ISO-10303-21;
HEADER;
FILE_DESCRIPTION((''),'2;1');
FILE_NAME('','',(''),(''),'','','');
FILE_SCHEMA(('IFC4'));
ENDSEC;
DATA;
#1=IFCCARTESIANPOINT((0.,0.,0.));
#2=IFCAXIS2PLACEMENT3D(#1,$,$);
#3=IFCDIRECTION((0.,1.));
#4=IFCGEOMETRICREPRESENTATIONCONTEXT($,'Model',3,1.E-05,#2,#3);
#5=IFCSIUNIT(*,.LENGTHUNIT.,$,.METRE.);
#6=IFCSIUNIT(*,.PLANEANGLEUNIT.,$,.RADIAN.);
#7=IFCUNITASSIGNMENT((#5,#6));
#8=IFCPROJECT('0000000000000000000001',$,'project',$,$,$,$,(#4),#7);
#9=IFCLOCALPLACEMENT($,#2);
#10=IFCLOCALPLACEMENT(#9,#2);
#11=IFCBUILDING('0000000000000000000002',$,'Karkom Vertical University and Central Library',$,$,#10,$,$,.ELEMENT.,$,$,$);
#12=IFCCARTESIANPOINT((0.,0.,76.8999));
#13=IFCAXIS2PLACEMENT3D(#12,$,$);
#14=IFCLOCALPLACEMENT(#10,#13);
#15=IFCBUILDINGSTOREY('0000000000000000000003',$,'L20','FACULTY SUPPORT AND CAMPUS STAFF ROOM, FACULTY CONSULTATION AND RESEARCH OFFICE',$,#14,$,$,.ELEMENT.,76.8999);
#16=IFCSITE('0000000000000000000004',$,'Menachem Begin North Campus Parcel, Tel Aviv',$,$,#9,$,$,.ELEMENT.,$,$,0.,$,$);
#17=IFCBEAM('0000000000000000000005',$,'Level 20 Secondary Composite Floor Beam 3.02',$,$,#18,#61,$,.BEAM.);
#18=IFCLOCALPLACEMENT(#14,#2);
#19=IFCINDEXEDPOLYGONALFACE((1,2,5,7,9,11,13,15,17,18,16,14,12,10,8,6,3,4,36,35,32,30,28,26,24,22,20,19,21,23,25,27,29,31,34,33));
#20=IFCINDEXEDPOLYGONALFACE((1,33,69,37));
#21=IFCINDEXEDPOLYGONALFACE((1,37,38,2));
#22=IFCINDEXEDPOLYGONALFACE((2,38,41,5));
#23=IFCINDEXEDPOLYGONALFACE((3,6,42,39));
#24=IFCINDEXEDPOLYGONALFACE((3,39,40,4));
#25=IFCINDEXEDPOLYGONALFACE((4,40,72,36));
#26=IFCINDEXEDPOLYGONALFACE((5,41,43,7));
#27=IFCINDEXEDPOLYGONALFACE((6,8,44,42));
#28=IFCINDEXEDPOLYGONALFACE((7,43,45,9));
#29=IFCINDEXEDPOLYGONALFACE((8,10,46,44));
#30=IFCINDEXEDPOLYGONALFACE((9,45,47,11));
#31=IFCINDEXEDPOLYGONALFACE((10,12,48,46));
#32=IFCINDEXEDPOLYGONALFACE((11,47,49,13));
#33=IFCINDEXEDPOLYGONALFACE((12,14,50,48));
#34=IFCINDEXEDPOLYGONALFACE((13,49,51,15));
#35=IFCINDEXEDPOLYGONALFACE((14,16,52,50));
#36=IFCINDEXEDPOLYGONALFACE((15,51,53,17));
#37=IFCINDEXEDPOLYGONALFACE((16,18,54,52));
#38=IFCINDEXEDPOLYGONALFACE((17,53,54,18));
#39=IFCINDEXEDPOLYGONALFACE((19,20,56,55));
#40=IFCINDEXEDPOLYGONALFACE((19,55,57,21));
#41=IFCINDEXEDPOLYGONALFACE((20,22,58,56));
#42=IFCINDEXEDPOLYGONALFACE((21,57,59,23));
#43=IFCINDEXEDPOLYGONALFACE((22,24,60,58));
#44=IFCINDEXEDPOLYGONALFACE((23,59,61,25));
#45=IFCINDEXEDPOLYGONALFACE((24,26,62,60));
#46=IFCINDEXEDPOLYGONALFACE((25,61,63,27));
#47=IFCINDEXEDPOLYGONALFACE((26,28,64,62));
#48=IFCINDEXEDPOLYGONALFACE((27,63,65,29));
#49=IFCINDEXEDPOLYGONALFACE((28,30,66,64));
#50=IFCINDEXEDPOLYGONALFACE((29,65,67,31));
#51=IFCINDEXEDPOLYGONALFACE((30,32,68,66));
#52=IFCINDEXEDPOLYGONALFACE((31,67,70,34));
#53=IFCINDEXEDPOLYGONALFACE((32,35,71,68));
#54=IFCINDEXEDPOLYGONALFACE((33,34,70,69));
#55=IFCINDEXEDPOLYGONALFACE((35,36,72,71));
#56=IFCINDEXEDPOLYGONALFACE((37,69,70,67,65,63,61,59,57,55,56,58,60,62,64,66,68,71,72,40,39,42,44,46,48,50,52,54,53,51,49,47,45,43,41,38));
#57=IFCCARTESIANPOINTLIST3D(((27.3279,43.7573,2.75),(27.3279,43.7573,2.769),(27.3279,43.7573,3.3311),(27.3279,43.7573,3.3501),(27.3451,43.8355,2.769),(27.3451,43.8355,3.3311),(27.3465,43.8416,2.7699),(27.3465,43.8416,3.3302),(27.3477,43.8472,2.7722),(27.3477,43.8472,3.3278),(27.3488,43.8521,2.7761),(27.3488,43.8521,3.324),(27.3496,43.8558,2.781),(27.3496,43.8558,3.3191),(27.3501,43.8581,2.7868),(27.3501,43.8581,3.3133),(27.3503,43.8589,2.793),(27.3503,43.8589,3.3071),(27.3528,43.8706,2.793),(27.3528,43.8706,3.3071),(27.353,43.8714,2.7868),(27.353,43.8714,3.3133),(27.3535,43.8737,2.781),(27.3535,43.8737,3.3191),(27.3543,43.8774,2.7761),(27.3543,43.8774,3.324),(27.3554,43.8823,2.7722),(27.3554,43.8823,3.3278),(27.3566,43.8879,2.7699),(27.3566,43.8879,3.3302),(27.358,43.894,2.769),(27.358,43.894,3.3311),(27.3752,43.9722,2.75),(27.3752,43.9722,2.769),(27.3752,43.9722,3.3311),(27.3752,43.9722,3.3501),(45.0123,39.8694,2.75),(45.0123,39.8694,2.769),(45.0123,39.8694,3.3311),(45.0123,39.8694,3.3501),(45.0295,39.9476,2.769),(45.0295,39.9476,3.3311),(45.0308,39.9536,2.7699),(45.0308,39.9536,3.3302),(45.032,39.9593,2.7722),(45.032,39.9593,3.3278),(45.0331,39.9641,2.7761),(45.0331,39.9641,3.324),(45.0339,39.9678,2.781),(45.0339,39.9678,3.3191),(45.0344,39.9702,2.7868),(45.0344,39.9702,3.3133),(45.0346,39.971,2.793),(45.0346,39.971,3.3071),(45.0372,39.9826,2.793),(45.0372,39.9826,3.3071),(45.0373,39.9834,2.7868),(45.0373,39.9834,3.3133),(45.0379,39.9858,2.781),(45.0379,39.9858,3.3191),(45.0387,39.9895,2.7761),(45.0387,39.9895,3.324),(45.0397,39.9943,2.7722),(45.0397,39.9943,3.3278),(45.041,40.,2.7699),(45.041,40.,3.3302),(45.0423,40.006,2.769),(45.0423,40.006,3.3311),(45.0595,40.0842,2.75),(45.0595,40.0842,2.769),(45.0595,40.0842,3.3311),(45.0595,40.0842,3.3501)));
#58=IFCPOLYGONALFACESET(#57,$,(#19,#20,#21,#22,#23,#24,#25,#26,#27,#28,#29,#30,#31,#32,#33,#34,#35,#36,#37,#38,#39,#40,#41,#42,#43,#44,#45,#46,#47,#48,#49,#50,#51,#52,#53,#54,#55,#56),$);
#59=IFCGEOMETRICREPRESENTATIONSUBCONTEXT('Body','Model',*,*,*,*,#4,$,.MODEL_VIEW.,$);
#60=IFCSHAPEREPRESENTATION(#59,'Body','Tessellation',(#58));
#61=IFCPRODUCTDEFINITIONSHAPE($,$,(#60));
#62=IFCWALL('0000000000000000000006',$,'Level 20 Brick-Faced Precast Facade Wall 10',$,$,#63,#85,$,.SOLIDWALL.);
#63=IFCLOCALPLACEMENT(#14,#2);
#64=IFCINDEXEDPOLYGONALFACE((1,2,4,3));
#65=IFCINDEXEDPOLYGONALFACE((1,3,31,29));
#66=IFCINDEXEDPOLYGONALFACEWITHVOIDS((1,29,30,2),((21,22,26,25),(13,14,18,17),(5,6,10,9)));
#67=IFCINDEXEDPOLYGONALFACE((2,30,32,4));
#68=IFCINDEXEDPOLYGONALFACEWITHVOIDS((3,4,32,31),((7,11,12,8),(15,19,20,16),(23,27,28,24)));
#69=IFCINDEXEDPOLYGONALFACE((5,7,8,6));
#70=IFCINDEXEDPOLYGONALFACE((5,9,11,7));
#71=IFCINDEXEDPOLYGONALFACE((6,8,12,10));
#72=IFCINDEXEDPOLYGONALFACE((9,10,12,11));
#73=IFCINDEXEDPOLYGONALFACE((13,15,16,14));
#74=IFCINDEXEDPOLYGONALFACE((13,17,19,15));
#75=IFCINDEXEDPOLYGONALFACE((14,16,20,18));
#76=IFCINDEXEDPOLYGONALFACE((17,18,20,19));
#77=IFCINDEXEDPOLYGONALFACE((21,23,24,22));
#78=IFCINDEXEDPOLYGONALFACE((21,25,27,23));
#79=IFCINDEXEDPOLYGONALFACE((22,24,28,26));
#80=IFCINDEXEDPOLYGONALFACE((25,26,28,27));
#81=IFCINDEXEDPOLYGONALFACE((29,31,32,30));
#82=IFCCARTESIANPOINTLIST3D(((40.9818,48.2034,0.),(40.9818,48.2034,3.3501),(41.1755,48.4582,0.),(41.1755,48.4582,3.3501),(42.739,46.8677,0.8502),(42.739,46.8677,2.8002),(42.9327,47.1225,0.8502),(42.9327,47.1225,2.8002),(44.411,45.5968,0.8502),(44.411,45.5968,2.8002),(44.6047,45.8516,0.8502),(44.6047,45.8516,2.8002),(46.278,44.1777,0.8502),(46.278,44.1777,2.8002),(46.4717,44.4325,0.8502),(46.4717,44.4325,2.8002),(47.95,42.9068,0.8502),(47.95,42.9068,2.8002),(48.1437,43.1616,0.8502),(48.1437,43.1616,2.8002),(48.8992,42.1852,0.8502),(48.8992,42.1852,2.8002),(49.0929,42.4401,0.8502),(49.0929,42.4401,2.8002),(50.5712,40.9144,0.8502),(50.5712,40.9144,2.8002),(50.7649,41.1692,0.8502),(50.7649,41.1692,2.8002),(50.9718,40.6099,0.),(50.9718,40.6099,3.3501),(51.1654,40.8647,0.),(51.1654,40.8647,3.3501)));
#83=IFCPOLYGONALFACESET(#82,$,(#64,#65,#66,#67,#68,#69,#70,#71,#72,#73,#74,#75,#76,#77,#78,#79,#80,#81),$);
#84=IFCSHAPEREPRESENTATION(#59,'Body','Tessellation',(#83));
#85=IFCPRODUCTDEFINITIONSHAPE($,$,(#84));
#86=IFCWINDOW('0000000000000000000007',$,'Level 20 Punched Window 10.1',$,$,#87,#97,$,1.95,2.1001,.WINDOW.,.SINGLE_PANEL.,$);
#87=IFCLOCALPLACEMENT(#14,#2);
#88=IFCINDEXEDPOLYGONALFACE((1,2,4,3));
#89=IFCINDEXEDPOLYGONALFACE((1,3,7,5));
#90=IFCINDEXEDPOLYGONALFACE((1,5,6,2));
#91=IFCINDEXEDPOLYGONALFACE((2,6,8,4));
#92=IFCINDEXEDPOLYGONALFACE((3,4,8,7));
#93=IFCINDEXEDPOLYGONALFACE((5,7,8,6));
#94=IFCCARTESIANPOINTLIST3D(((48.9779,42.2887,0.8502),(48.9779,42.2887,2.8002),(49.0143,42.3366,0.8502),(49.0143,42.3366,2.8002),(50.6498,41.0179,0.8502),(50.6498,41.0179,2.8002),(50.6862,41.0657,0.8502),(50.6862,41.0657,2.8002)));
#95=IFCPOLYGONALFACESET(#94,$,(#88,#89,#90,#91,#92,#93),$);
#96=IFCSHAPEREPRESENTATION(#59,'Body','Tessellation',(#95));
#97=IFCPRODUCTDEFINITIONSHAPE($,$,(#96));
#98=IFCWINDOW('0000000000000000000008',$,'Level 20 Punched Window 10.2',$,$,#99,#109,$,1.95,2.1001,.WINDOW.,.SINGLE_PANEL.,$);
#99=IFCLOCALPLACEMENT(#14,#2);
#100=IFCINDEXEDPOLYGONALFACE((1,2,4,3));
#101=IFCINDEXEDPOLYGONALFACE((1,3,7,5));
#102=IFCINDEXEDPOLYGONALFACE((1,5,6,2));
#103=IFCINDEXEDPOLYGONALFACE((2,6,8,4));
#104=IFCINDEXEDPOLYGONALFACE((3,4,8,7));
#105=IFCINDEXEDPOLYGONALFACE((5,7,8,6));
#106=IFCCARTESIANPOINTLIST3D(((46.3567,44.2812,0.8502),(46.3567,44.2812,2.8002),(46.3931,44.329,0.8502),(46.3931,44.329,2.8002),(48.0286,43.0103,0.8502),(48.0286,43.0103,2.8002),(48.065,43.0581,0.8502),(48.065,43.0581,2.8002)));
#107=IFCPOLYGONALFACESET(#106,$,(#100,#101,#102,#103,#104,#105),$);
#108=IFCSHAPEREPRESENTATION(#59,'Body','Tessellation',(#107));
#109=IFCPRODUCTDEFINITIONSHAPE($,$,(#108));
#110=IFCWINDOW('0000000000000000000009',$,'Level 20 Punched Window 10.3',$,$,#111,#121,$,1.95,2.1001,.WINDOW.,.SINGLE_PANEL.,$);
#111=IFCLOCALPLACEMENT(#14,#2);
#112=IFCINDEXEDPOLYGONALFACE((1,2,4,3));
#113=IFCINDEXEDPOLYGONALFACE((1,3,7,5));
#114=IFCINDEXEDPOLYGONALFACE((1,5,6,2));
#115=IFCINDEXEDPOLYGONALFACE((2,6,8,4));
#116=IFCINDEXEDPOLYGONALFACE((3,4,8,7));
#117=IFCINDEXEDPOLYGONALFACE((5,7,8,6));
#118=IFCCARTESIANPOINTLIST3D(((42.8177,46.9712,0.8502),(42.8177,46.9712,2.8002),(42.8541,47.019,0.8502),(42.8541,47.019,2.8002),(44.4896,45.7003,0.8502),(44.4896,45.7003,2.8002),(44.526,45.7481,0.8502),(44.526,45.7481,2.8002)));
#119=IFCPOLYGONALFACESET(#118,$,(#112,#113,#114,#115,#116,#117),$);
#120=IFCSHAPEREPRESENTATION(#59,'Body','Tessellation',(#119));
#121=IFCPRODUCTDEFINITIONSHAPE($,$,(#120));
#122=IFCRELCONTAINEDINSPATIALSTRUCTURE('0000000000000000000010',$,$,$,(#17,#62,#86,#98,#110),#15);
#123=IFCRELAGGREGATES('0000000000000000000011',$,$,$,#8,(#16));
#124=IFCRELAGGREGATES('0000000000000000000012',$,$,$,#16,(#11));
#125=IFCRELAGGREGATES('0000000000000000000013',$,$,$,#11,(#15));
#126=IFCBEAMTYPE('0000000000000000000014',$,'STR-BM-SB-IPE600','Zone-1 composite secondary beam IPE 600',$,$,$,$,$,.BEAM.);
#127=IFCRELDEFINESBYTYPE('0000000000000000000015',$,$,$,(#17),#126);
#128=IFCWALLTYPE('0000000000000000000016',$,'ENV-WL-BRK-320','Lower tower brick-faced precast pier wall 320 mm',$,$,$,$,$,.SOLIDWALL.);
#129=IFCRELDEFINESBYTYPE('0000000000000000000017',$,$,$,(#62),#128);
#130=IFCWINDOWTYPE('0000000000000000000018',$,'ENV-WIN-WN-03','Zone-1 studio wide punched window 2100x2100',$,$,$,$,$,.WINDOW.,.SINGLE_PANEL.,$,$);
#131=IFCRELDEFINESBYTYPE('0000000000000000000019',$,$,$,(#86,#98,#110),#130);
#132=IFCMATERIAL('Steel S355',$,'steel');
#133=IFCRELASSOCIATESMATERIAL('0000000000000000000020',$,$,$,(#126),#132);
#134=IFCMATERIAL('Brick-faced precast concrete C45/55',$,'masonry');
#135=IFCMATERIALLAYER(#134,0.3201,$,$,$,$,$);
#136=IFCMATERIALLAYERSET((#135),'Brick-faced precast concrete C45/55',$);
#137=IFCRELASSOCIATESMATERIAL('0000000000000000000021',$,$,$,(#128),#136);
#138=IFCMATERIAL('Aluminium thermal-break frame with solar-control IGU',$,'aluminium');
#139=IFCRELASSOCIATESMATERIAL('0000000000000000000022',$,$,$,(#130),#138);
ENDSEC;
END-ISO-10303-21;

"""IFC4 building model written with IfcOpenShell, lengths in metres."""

from ifc_helpers import new_model, si_unit, direction, frame, frame_2d, origin, origin_with_axes, origin_2d, place, context, subcontext, project, spatial, rectangle, i_section, extrude, source, transform, mapped, material, layer, layer_set, material_profile, profile_set, type_object, element, fill, save


model = new_model("IFC4")

# Units and contexts
model_context = context("Model", 3, precision=1e-05, world=origin(), true_north=direction((0.0, 1.0)))
body_context = subcontext(model_context, "Body", "Model", "MODEL_VIEW")
ifc_project = project(units=[si_unit("LENGTHUNIT", "METRE"), si_unit("PLANEANGLEUNIT", "RADIAN")], contexts=[model_context])

# Site, building, storey
site_placement = place(None, origin())
site = spatial("IfcSite", under=ifc_project, at=site_placement, Name="Menachem Begin North Campus Parcel, Tel Aviv", CompositionType="ELEMENT", RefElevation=0.0)
building_placement = place(site_placement, origin())
building = spatial("IfcBuilding", under=site, at=building_placement, Name="Karkom Vertical University and Central Library", CompositionType="ELEMENT")
storey_placement = place(building_placement, frame((0.0, 0.0, 76.8999)))
storey = spatial("IfcBuildingStorey", under=building, at=storey_placement, Name="L20", Description="FACULTY SUPPORT AND CAMPUS STAFF ROOM, FACULTY CONSULTATION AND RESEARCH OFFICE", CompositionType="ELEMENT", Elevation=76.8999)

# Beam
ifc_material_1 = material(Name="Steel S355", Category="steel")
ifc_material_profile_1 = material_profile(ifc_material_1, i_section(OverallWidth=0.22, OverallDepth=0.6001, WebThickness=0.012, FlangeThickness=0.019, FilletRadius=0.0239, at=origin_2d()), Name="IPE 600")
ifc_profile_set_1 = profile_set([ifc_material_profile_1], Name="Steel S355")
beam_type_1 = type_object("IfcBeamType", Name="STR-BM-SB-IPE600", Description="Zone-1 composite secondary beam IPE 600", PredefinedType="BEAM", material=ifc_profile_set_1)
shared_shape_1 = source(origin_with_axes(), body_context, "Body", "SweptSolid", [
    extrude(i_section(OverallWidth=0.22, OverallDepth=0.6001, WebThickness=0.012, FlangeThickness=0.019, FilletRadius=0.0239, at=origin_2d()), origin(), (0.0, 0.0, 1.0), 18.1067),
])
beam_1_placement = place(storey_placement, frame((45.0359, 39.9768, 3.05), z_axis=(-0.976675, 0.214724, 0.0), x_axis=(-0.214724, -0.976675, 0.0)))
element("IfcBeam", 1, at=beam_1_placement, inside=storey, type_object=beam_type_1, Name="Level 20 Secondary Composite Floor Beam 3.02", PredefinedType="BEAM", context=body_context, shape_type="MappedRepresentation", body=[
    mapped(shared_shape_1, transform((0.0, 0.0, 0.0), scale=1.0)),
])

# Wall, openings, windows
ifc_material_2 = material(Name="Brick-faced precast concrete C45/55", Category="masonry")
ifc_layer_1 = layer(ifc_material_2, 0.3201)
ifc_layer_set_1 = layer_set([ifc_layer_1], Name="Brick-faced precast concrete C45/55")
wall_type_1 = type_object("IfcWallType", Name="ENV-WL-BRK-320", Description="Lower tower brick-faced precast pier wall 320 mm", PredefinedType="SOLIDWALL", material=ifc_layer_set_1)
wall_1_placement = place(storey_placement, frame((51.0686, 40.7373, 0.0), z_axis=(0.0, 0.0, 1.0), x_axis=(-0.796119, 0.60514, 0.0)))
wall_1 = element("IfcWall", 2, at=wall_1_placement, inside=storey, type_object=wall_type_1, Name="Level 20 Brick-Faced Precast Facade Wall 10", PredefinedType="SOLIDWALL", context=body_context, shape_type="SweptSolid", body=[
    extrude(rectangle(XDim=12.5483, YDim=0.3201, at=frame_2d((6.2742, 0.0))), origin(), (0.0, 0.0, 1.0), 3.3501),
])
opening_1_placement = place(wall_1_placement, frame((0.5032, 0.0, 0.8501)))
opening_1 = element("IfcOpeningElement", 3, at=opening_1_placement, cuts=wall_1, PredefinedType="OPENING", context=body_context, shape_type="SweptSolid", body=[
    extrude(rectangle(XDim=2.1001, YDim=1.95, at=frame_2d((1.05, 0.9751))), frame((0.0, 0.1699, 0.0), z_axis=(0.0, -1.0, 0.0), x_axis=(1.0, 0.0, 0.0)), (0.0, 0.0, 1.0), 0.3401),
])
opening_2_placement = place(wall_1_placement, frame((3.7957, 0.0, 0.8501)))
opening_2 = element("IfcOpeningElement", 4, at=opening_2_placement, cuts=wall_1, PredefinedType="OPENING", context=body_context, shape_type="SweptSolid", body=[
    extrude(rectangle(XDim=2.1001, YDim=1.95, at=frame_2d((1.05, 0.9751))), frame((0.0, 0.1699, 0.0), z_axis=(0.0, -1.0, 0.0), x_axis=(1.0, 0.0, 0.0)), (0.0, 0.0, 1.0), 0.3401),
])
opening_3_placement = place(wall_1_placement, frame((8.241, 0.0, 0.8501)))
opening_3 = element("IfcOpeningElement", 5, at=opening_3_placement, cuts=wall_1, PredefinedType="OPENING", context=body_context, shape_type="SweptSolid", body=[
    extrude(rectangle(XDim=2.1001, YDim=1.95, at=frame_2d((1.05, 0.9751))), frame((0.0, 0.1699, 0.0), z_axis=(0.0, -1.0, 0.0), x_axis=(1.0, 0.0, 0.0)), (0.0, 0.0, 1.0), 0.3401),
])
ifc_material_3 = material(Name="Aluminium thermal-break frame with solar-control IGU", Category="aluminium")
window_type_1 = type_object("IfcWindowType", Name="ENV-WIN-WN-03", Description="Zone-1 studio wide punched window 2100x2100", PartitioningType="SINGLE_PANEL", PredefinedType="WINDOW", material=ifc_material_3)
shared_shape_2 = source(origin_with_axes(), body_context, "Body", "SweptSolid", [
    extrude(rectangle(XDim=2.1001, YDim=1.95, at=frame_2d((1.05, 0.9751))), frame((0.0, 0.03, 0.0), z_axis=(0.0, -1.0, 0.0), x_axis=(1.0, 0.0, 0.0)), (0.0, 0.0, 1.0), 0.0601),
])
window_1_placement = place(opening_1_placement, origin())
window_1 = element("IfcWindow", 6, at=window_1_placement, inside=storey, type_object=window_type_1, Name="Level 20 Punched Window 10.1", OverallHeight=1.95, OverallWidth=2.1001, PartitioningType="SINGLE_PANEL", PredefinedType="WINDOW", context=body_context, shape_type="MappedRepresentation", body=[
    mapped(shared_shape_2, transform((0.0, 0.0, 0.0), scale=1.0)),
])
fill(opening_1, window_1)
window_2_placement = place(opening_2_placement, origin())
window_2 = element("IfcWindow", 7, at=window_2_placement, inside=storey, type_object=window_type_1, Name="Level 20 Punched Window 10.2", OverallHeight=1.95, OverallWidth=2.1001, PartitioningType="SINGLE_PANEL", PredefinedType="WINDOW", context=body_context, shape_type="MappedRepresentation", body=[
    mapped(shared_shape_2, transform((0.0, 0.0, 0.0), scale=1.0)),
])
fill(opening_2, window_2)
window_3_placement = place(opening_3_placement, origin())
window_3 = element("IfcWindow", 8, at=window_3_placement, inside=storey, type_object=window_type_1, Name="Level 20 Punched Window 10.3", OverallHeight=1.95, OverallWidth=2.1001, PartitioningType="SINGLE_PANEL", PredefinedType="WINDOW", context=body_context, shape_type="MappedRepresentation", body=[
    mapped(shared_shape_2, transform((0.0, 0.0, 0.0), scale=1.0)),
])
fill(opening_3, window_3)

save(model, "model.ifc")
